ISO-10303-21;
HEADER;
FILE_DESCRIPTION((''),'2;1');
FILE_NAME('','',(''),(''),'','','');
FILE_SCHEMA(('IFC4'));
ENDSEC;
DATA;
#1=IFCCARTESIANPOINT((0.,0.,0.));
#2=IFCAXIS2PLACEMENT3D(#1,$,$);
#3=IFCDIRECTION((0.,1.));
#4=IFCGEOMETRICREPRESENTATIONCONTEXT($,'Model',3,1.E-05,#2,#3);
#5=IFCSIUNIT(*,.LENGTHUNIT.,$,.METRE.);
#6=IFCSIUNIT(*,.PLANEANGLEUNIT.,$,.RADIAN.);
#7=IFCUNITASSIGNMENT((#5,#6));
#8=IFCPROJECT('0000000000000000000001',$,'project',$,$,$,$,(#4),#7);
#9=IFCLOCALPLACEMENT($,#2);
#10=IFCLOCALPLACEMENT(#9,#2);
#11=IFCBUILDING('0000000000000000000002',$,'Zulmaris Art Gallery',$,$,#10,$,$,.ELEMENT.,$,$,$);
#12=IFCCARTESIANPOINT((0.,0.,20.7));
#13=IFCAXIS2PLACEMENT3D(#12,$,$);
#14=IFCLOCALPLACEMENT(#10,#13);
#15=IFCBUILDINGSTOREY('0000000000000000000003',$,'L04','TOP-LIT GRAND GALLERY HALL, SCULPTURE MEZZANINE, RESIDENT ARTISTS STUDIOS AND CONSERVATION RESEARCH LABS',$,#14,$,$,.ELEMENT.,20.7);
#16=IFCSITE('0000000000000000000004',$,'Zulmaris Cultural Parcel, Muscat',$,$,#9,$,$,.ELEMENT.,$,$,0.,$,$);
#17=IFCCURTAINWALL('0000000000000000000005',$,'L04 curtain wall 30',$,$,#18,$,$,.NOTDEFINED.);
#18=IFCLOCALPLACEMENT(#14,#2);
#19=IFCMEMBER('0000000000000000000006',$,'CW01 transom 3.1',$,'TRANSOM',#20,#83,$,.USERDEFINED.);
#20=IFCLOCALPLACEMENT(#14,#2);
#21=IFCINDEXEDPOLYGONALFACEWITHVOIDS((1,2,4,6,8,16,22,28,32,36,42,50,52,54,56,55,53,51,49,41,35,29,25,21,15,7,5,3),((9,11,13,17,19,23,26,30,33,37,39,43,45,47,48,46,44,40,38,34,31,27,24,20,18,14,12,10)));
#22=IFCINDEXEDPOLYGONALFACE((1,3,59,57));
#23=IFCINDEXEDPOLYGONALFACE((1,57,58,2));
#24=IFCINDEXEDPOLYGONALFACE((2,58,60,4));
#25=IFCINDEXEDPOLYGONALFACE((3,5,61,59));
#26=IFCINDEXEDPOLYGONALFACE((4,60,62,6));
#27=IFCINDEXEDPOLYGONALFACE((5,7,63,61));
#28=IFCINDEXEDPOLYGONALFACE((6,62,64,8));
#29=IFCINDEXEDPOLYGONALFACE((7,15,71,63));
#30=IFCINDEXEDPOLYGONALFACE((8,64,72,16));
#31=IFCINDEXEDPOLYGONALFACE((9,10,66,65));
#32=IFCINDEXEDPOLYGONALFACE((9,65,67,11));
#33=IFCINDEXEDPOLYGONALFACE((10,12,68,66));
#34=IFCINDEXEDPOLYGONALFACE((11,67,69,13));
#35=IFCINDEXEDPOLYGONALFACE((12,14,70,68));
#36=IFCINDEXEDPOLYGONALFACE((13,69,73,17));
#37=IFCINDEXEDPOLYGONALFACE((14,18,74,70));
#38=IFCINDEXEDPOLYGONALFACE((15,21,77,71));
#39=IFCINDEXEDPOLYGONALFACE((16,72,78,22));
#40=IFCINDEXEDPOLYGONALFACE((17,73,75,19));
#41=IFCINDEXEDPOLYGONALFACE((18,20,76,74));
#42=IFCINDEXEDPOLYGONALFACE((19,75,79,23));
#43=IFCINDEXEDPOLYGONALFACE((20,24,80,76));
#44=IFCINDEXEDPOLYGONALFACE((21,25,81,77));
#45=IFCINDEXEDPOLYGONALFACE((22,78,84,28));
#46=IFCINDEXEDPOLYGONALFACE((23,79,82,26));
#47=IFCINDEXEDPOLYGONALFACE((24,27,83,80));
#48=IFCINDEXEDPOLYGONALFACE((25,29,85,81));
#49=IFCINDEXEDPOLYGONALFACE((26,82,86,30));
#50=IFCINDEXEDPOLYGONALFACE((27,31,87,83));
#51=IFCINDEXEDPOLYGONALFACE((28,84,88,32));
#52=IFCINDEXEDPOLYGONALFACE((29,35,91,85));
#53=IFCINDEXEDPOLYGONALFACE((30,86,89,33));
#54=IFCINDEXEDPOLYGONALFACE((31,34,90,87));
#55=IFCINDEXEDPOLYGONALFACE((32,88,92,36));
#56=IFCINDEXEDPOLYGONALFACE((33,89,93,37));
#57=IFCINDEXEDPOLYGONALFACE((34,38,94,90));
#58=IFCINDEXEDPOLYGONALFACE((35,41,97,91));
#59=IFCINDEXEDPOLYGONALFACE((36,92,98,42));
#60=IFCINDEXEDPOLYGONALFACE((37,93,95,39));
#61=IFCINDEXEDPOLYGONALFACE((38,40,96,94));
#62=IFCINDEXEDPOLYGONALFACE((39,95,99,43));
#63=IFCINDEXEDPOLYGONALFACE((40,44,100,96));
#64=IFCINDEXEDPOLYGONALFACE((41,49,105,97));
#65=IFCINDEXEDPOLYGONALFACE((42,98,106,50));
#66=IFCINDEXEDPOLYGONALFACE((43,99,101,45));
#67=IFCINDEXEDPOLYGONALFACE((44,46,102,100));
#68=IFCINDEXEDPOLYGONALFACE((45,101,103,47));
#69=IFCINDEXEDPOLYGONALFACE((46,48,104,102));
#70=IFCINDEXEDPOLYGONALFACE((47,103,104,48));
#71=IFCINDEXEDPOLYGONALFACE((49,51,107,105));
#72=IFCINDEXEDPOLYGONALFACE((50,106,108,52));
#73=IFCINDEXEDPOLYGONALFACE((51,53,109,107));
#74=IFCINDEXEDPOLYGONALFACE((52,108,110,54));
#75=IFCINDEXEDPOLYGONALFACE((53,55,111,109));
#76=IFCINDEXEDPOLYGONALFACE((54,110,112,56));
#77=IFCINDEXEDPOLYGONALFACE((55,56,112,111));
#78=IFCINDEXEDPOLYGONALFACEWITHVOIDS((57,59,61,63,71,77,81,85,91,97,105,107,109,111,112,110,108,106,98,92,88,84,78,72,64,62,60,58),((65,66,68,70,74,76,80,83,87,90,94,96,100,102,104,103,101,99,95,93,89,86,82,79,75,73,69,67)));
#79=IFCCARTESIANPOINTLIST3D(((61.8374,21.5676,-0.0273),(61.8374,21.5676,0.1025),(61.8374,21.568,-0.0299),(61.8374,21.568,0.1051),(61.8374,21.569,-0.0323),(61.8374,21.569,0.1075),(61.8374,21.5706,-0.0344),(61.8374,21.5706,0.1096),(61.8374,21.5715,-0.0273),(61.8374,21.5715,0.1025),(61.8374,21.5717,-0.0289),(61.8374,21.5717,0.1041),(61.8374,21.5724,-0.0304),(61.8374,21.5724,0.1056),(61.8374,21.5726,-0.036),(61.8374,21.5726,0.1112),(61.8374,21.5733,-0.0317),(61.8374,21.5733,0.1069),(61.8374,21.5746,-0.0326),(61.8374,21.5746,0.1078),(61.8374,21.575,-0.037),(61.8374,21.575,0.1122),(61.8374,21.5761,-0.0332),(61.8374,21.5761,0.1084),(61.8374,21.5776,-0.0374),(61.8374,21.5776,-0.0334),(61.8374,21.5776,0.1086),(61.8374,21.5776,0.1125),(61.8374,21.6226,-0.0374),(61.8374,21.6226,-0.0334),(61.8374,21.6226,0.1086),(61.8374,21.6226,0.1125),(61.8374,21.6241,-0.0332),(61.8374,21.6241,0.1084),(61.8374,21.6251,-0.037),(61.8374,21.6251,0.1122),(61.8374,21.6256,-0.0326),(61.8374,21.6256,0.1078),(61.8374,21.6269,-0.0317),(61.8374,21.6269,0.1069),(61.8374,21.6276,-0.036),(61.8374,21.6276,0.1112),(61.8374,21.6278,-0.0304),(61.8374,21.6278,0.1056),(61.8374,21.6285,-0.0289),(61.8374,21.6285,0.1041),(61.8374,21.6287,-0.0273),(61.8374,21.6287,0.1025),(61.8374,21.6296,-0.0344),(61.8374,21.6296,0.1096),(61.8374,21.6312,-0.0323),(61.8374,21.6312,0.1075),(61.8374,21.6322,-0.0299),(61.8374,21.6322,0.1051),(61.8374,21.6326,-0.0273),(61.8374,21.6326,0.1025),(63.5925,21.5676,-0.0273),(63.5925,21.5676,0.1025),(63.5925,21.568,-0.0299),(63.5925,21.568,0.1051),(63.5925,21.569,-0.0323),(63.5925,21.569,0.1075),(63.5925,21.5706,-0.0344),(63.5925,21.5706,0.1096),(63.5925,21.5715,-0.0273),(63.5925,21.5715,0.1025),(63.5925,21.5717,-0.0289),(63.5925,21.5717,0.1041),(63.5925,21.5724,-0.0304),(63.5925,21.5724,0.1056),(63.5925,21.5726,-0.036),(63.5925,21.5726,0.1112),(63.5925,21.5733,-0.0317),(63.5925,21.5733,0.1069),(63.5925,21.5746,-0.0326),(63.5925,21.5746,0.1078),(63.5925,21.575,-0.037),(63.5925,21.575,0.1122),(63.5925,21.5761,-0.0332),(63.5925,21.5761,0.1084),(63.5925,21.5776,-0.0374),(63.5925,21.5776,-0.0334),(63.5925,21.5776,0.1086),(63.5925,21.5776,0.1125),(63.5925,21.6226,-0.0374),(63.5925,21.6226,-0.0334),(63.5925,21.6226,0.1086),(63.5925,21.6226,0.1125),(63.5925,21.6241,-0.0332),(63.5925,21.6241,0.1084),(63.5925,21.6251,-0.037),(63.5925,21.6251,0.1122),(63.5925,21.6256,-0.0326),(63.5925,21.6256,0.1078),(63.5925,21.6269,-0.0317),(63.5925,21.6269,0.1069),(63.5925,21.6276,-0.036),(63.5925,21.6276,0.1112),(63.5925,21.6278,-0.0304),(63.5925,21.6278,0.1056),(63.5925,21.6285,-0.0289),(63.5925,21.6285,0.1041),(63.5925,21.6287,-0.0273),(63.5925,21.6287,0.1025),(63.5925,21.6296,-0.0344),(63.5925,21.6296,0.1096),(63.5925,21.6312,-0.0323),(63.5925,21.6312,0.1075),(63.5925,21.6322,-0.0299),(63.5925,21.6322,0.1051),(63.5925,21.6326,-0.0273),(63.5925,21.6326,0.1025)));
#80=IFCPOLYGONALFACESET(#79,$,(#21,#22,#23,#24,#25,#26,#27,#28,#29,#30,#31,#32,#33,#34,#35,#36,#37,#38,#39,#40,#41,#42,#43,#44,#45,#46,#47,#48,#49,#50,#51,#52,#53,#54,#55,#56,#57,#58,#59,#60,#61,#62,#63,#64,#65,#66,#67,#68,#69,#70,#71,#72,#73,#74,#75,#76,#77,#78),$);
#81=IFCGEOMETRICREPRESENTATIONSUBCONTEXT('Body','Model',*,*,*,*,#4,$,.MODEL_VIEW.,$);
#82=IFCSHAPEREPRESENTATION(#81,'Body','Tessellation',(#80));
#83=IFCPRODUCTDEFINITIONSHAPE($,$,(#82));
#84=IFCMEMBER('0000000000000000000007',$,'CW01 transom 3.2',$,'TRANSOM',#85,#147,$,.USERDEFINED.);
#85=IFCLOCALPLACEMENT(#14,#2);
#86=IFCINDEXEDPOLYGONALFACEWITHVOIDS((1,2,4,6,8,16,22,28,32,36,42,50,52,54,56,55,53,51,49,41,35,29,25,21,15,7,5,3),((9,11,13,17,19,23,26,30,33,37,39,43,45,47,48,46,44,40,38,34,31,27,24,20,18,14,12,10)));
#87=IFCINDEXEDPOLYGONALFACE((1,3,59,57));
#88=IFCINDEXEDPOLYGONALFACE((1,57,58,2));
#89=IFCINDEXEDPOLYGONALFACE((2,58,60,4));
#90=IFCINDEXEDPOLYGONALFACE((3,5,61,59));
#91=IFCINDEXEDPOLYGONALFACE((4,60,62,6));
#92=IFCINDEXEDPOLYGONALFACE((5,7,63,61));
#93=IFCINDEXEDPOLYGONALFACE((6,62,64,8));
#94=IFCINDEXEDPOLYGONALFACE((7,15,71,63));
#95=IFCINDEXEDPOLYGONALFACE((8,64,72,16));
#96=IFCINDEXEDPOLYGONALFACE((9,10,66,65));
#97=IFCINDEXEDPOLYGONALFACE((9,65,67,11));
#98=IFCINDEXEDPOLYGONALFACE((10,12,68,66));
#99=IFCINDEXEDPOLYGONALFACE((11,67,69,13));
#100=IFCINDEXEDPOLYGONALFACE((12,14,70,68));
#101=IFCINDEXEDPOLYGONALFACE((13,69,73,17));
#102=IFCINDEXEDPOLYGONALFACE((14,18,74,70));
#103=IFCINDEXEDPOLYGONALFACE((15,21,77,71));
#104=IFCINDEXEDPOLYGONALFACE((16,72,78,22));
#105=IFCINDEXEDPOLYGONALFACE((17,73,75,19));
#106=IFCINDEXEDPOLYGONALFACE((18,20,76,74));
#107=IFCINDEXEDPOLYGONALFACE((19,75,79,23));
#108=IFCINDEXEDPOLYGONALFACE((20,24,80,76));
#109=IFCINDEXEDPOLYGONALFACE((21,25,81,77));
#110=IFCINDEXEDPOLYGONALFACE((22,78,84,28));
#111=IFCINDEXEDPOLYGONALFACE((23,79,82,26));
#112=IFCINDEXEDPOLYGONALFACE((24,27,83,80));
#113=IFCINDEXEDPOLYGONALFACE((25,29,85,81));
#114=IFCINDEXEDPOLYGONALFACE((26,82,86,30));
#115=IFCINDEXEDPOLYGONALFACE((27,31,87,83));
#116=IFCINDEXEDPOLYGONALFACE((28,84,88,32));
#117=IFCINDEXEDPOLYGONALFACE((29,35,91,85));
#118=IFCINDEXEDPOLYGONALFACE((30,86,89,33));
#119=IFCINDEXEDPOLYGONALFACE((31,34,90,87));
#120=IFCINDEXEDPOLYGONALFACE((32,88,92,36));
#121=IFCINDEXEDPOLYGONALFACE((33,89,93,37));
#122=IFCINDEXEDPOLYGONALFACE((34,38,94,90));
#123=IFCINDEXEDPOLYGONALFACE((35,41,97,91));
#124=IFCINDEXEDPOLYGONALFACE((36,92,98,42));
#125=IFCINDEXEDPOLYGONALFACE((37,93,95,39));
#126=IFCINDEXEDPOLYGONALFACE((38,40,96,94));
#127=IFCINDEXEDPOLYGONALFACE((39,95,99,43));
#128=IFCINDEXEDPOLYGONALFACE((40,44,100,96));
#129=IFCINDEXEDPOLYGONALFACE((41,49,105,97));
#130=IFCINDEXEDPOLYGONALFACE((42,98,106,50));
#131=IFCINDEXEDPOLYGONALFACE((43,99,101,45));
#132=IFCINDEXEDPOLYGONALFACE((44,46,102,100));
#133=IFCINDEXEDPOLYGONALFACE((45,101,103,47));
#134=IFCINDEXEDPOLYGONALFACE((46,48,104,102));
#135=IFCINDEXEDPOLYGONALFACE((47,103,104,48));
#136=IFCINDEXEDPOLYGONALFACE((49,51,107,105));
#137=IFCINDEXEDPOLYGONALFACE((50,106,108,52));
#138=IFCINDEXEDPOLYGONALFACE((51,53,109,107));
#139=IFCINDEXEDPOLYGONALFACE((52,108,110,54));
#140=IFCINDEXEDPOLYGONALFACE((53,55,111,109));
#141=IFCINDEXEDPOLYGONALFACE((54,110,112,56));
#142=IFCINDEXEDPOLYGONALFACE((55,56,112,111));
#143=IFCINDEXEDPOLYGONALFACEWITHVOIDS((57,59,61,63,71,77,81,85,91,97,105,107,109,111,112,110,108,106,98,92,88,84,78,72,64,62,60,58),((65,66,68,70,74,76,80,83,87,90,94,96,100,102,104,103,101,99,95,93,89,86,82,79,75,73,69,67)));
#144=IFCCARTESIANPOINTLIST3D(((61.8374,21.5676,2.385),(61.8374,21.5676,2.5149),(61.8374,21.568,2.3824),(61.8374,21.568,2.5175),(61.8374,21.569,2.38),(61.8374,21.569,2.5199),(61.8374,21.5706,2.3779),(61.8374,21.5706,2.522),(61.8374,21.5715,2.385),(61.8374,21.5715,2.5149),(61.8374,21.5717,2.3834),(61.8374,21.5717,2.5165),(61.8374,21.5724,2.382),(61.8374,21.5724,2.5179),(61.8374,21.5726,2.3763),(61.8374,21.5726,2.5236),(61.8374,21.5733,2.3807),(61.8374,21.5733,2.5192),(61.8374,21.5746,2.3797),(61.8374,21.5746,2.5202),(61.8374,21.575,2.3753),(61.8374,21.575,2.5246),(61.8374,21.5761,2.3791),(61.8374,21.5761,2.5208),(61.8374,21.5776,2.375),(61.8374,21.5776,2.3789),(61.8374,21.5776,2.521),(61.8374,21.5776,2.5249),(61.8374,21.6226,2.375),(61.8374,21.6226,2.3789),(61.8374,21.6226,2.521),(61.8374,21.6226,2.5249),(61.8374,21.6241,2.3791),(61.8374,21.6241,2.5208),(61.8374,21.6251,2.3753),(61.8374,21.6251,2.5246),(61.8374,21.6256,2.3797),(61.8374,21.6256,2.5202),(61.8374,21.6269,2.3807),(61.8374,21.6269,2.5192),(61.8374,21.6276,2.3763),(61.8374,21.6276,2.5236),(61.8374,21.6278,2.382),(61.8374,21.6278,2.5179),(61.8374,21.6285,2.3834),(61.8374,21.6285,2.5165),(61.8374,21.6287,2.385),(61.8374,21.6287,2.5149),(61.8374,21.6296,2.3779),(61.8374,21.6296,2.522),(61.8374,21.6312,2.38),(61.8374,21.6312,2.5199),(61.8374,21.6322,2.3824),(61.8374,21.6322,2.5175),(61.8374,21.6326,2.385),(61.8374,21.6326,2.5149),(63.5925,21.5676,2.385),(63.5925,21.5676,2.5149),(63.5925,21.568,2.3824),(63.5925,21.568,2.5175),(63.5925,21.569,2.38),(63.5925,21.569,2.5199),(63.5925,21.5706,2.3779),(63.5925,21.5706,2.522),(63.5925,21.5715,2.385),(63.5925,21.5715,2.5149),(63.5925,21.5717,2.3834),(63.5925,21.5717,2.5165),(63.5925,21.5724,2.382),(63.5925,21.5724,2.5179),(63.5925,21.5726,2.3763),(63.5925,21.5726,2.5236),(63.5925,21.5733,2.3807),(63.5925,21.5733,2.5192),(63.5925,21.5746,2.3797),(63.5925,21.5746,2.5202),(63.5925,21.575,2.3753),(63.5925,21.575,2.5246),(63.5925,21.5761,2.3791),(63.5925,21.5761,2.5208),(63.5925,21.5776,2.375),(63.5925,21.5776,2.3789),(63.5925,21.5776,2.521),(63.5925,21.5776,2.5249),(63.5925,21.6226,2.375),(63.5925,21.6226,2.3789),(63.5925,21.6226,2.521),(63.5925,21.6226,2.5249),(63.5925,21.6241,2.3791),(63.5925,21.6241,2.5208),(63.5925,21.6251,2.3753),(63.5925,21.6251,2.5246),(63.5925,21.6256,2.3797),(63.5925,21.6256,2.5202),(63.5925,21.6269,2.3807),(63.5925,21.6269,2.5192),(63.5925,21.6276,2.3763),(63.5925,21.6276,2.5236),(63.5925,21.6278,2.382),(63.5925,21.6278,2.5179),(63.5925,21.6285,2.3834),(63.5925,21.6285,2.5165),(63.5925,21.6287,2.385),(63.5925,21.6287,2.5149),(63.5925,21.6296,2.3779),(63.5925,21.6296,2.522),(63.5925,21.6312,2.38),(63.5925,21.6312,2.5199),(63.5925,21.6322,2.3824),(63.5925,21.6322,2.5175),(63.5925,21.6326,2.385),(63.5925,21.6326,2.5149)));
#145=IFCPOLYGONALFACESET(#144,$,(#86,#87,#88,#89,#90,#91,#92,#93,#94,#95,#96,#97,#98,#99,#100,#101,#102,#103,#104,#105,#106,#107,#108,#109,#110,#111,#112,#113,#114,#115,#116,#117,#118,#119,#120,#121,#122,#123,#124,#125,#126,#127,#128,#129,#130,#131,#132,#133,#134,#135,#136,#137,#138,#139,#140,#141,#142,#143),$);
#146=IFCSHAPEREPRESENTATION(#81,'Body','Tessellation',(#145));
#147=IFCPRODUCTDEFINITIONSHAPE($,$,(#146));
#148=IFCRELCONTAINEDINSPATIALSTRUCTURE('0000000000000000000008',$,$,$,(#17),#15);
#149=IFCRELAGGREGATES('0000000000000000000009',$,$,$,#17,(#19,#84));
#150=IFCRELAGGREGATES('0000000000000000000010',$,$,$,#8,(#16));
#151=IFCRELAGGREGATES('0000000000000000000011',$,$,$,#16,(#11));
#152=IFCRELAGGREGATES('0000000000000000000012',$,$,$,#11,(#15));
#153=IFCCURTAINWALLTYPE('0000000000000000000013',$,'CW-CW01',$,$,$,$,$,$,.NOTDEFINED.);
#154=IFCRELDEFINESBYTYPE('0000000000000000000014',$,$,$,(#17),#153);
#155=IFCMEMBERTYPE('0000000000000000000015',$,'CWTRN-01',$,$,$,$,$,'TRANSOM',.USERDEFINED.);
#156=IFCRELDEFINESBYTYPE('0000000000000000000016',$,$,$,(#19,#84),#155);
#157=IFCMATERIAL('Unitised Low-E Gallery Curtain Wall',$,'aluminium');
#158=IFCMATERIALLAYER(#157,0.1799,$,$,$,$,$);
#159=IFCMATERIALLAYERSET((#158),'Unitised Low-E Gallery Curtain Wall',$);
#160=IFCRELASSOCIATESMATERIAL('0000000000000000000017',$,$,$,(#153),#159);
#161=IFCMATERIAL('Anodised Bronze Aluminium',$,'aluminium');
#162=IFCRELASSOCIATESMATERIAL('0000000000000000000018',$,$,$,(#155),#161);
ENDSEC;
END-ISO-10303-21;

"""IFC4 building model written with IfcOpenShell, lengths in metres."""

from ifc_helpers import new_model, si_unit, direction, frame, origin, origin_2d, place, context, subcontext, project, spatial, hollow_rectangle, extrude, material, layer, layer_set, material_profile, profile_set, type_object, element, aggregate, save


model = new_model("IFC4")

# Units and contexts
model_context = context("Model", 3, precision=1e-05, world=origin(), true_north=direction((0.0, 1.0)))
body_context = subcontext(model_context, "Body", "Model", "MODEL_VIEW")
ifc_project = project(units=[si_unit("LENGTHUNIT", "METRE"), si_unit("PLANEANGLEUNIT", "RADIAN")], contexts=[model_context])

# Site, building, storey
site_placement = place(None, origin())
site = spatial("IfcSite", under=ifc_project, at=site_placement, Name="Zulmaris Cultural Parcel, Muscat", CompositionType="ELEMENT", RefElevation=0.0)
building_placement = place(site_placement, origin())
building = spatial("IfcBuilding", under=site, at=building_placement, Name="Zulmaris Art Gallery", CompositionType="ELEMENT")
storey_placement = place(building_placement, frame((0.0, 0.0, 20.7)))
storey = spatial("IfcBuildingStorey", under=building, at=storey_placement, Name="L04", Description="TOP-LIT GRAND GALLERY HALL, SCULPTURE MEZZANINE, RESIDENT ARTISTS STUDIOS AND CONSERVATION RESEARCH LABS", CompositionType="ELEMENT", Elevation=20.7)

# Curtain wall, members
ifc_material_1 = material(Name="Unitised Low-E Gallery Curtain Wall", Category="aluminium")
ifc_layer_1 = layer(ifc_material_1, 0.1799)
ifc_layer_set_1 = layer_set([ifc_layer_1], Name="Unitised Low-E Gallery Curtain Wall")
curtain_wall_type = type_object("IfcCurtainWallType", Name="CW-CW01", PredefinedType="NOTDEFINED", material=ifc_layer_set_1)
curtain_wall_placement = place(storey_placement, origin())
curtain_wall = element("IfcCurtainWall", 1, at=curtain_wall_placement, inside=storey, type_object=curtain_wall_type, Name="L04 curtain wall 30", PredefinedType="NOTDEFINED")
ifc_material_2 = material(Name="Anodised Bronze Aluminium", Category="aluminium")
ifc_material_profile_1 = material_profile(ifc_material_2, hollow_rectangle(XDim=0.0649, YDim=0.1499, WallThickness=0.0039, InnerFilletRadius=0.0061, OuterFilletRadius=0.01, at=origin_2d()), Name="ALU 65x150x4")
ifc_profile_set_1 = profile_set([ifc_material_profile_1], Name="Anodised Bronze Aluminium")
member_type_1 = type_object("IfcMemberType", Name="CWTRN-01", ElementType="TRANSOM", PredefinedType="USERDEFINED", material=ifc_profile_set_1)
member_1_placement = place(storey_placement, frame((61.8374, 21.6001, 0.0376), z_axis=(1.0, 0.0, 0.0), x_axis=(0.0, 1.0, 0.0)))
member_1 = element("IfcMember", 2, at=member_1_placement, type_object=member_type_1, Name="CW01 transom 3.1", ObjectType="TRANSOM", PredefinedType="USERDEFINED", context=body_context, shape_type="SweptSolid", body=[
    extrude(hollow_rectangle(XDim=0.0649, YDim=0.1499, WallThickness=0.0039, InnerFilletRadius=0.0061, OuterFilletRadius=0.01, at=origin_2d()), origin(), (0.0, 0.0, 1.0), 1.7551),
])
member_2_placement = place(storey_placement, frame((61.8374, 21.6001, 2.45), z_axis=(1.0, 0.0, 0.0), x_axis=(0.0, 1.0, 0.0)))
member_2 = element("IfcMember", 3, at=member_2_placement, type_object=member_type_1, Name="CW01 transom 3.2", ObjectType="TRANSOM", PredefinedType="USERDEFINED", context=body_context, shape_type="SweptSolid", body=[
    extrude(hollow_rectangle(XDim=0.0649, YDim=0.1499, WallThickness=0.0039, InnerFilletRadius=0.0061, OuterFilletRadius=0.01, at=origin_2d()), origin(), (0.0, 0.0, 1.0), 1.7551),
])
aggregate(curtain_wall, [member_1, member_2])

save(model, "model.ifc")
